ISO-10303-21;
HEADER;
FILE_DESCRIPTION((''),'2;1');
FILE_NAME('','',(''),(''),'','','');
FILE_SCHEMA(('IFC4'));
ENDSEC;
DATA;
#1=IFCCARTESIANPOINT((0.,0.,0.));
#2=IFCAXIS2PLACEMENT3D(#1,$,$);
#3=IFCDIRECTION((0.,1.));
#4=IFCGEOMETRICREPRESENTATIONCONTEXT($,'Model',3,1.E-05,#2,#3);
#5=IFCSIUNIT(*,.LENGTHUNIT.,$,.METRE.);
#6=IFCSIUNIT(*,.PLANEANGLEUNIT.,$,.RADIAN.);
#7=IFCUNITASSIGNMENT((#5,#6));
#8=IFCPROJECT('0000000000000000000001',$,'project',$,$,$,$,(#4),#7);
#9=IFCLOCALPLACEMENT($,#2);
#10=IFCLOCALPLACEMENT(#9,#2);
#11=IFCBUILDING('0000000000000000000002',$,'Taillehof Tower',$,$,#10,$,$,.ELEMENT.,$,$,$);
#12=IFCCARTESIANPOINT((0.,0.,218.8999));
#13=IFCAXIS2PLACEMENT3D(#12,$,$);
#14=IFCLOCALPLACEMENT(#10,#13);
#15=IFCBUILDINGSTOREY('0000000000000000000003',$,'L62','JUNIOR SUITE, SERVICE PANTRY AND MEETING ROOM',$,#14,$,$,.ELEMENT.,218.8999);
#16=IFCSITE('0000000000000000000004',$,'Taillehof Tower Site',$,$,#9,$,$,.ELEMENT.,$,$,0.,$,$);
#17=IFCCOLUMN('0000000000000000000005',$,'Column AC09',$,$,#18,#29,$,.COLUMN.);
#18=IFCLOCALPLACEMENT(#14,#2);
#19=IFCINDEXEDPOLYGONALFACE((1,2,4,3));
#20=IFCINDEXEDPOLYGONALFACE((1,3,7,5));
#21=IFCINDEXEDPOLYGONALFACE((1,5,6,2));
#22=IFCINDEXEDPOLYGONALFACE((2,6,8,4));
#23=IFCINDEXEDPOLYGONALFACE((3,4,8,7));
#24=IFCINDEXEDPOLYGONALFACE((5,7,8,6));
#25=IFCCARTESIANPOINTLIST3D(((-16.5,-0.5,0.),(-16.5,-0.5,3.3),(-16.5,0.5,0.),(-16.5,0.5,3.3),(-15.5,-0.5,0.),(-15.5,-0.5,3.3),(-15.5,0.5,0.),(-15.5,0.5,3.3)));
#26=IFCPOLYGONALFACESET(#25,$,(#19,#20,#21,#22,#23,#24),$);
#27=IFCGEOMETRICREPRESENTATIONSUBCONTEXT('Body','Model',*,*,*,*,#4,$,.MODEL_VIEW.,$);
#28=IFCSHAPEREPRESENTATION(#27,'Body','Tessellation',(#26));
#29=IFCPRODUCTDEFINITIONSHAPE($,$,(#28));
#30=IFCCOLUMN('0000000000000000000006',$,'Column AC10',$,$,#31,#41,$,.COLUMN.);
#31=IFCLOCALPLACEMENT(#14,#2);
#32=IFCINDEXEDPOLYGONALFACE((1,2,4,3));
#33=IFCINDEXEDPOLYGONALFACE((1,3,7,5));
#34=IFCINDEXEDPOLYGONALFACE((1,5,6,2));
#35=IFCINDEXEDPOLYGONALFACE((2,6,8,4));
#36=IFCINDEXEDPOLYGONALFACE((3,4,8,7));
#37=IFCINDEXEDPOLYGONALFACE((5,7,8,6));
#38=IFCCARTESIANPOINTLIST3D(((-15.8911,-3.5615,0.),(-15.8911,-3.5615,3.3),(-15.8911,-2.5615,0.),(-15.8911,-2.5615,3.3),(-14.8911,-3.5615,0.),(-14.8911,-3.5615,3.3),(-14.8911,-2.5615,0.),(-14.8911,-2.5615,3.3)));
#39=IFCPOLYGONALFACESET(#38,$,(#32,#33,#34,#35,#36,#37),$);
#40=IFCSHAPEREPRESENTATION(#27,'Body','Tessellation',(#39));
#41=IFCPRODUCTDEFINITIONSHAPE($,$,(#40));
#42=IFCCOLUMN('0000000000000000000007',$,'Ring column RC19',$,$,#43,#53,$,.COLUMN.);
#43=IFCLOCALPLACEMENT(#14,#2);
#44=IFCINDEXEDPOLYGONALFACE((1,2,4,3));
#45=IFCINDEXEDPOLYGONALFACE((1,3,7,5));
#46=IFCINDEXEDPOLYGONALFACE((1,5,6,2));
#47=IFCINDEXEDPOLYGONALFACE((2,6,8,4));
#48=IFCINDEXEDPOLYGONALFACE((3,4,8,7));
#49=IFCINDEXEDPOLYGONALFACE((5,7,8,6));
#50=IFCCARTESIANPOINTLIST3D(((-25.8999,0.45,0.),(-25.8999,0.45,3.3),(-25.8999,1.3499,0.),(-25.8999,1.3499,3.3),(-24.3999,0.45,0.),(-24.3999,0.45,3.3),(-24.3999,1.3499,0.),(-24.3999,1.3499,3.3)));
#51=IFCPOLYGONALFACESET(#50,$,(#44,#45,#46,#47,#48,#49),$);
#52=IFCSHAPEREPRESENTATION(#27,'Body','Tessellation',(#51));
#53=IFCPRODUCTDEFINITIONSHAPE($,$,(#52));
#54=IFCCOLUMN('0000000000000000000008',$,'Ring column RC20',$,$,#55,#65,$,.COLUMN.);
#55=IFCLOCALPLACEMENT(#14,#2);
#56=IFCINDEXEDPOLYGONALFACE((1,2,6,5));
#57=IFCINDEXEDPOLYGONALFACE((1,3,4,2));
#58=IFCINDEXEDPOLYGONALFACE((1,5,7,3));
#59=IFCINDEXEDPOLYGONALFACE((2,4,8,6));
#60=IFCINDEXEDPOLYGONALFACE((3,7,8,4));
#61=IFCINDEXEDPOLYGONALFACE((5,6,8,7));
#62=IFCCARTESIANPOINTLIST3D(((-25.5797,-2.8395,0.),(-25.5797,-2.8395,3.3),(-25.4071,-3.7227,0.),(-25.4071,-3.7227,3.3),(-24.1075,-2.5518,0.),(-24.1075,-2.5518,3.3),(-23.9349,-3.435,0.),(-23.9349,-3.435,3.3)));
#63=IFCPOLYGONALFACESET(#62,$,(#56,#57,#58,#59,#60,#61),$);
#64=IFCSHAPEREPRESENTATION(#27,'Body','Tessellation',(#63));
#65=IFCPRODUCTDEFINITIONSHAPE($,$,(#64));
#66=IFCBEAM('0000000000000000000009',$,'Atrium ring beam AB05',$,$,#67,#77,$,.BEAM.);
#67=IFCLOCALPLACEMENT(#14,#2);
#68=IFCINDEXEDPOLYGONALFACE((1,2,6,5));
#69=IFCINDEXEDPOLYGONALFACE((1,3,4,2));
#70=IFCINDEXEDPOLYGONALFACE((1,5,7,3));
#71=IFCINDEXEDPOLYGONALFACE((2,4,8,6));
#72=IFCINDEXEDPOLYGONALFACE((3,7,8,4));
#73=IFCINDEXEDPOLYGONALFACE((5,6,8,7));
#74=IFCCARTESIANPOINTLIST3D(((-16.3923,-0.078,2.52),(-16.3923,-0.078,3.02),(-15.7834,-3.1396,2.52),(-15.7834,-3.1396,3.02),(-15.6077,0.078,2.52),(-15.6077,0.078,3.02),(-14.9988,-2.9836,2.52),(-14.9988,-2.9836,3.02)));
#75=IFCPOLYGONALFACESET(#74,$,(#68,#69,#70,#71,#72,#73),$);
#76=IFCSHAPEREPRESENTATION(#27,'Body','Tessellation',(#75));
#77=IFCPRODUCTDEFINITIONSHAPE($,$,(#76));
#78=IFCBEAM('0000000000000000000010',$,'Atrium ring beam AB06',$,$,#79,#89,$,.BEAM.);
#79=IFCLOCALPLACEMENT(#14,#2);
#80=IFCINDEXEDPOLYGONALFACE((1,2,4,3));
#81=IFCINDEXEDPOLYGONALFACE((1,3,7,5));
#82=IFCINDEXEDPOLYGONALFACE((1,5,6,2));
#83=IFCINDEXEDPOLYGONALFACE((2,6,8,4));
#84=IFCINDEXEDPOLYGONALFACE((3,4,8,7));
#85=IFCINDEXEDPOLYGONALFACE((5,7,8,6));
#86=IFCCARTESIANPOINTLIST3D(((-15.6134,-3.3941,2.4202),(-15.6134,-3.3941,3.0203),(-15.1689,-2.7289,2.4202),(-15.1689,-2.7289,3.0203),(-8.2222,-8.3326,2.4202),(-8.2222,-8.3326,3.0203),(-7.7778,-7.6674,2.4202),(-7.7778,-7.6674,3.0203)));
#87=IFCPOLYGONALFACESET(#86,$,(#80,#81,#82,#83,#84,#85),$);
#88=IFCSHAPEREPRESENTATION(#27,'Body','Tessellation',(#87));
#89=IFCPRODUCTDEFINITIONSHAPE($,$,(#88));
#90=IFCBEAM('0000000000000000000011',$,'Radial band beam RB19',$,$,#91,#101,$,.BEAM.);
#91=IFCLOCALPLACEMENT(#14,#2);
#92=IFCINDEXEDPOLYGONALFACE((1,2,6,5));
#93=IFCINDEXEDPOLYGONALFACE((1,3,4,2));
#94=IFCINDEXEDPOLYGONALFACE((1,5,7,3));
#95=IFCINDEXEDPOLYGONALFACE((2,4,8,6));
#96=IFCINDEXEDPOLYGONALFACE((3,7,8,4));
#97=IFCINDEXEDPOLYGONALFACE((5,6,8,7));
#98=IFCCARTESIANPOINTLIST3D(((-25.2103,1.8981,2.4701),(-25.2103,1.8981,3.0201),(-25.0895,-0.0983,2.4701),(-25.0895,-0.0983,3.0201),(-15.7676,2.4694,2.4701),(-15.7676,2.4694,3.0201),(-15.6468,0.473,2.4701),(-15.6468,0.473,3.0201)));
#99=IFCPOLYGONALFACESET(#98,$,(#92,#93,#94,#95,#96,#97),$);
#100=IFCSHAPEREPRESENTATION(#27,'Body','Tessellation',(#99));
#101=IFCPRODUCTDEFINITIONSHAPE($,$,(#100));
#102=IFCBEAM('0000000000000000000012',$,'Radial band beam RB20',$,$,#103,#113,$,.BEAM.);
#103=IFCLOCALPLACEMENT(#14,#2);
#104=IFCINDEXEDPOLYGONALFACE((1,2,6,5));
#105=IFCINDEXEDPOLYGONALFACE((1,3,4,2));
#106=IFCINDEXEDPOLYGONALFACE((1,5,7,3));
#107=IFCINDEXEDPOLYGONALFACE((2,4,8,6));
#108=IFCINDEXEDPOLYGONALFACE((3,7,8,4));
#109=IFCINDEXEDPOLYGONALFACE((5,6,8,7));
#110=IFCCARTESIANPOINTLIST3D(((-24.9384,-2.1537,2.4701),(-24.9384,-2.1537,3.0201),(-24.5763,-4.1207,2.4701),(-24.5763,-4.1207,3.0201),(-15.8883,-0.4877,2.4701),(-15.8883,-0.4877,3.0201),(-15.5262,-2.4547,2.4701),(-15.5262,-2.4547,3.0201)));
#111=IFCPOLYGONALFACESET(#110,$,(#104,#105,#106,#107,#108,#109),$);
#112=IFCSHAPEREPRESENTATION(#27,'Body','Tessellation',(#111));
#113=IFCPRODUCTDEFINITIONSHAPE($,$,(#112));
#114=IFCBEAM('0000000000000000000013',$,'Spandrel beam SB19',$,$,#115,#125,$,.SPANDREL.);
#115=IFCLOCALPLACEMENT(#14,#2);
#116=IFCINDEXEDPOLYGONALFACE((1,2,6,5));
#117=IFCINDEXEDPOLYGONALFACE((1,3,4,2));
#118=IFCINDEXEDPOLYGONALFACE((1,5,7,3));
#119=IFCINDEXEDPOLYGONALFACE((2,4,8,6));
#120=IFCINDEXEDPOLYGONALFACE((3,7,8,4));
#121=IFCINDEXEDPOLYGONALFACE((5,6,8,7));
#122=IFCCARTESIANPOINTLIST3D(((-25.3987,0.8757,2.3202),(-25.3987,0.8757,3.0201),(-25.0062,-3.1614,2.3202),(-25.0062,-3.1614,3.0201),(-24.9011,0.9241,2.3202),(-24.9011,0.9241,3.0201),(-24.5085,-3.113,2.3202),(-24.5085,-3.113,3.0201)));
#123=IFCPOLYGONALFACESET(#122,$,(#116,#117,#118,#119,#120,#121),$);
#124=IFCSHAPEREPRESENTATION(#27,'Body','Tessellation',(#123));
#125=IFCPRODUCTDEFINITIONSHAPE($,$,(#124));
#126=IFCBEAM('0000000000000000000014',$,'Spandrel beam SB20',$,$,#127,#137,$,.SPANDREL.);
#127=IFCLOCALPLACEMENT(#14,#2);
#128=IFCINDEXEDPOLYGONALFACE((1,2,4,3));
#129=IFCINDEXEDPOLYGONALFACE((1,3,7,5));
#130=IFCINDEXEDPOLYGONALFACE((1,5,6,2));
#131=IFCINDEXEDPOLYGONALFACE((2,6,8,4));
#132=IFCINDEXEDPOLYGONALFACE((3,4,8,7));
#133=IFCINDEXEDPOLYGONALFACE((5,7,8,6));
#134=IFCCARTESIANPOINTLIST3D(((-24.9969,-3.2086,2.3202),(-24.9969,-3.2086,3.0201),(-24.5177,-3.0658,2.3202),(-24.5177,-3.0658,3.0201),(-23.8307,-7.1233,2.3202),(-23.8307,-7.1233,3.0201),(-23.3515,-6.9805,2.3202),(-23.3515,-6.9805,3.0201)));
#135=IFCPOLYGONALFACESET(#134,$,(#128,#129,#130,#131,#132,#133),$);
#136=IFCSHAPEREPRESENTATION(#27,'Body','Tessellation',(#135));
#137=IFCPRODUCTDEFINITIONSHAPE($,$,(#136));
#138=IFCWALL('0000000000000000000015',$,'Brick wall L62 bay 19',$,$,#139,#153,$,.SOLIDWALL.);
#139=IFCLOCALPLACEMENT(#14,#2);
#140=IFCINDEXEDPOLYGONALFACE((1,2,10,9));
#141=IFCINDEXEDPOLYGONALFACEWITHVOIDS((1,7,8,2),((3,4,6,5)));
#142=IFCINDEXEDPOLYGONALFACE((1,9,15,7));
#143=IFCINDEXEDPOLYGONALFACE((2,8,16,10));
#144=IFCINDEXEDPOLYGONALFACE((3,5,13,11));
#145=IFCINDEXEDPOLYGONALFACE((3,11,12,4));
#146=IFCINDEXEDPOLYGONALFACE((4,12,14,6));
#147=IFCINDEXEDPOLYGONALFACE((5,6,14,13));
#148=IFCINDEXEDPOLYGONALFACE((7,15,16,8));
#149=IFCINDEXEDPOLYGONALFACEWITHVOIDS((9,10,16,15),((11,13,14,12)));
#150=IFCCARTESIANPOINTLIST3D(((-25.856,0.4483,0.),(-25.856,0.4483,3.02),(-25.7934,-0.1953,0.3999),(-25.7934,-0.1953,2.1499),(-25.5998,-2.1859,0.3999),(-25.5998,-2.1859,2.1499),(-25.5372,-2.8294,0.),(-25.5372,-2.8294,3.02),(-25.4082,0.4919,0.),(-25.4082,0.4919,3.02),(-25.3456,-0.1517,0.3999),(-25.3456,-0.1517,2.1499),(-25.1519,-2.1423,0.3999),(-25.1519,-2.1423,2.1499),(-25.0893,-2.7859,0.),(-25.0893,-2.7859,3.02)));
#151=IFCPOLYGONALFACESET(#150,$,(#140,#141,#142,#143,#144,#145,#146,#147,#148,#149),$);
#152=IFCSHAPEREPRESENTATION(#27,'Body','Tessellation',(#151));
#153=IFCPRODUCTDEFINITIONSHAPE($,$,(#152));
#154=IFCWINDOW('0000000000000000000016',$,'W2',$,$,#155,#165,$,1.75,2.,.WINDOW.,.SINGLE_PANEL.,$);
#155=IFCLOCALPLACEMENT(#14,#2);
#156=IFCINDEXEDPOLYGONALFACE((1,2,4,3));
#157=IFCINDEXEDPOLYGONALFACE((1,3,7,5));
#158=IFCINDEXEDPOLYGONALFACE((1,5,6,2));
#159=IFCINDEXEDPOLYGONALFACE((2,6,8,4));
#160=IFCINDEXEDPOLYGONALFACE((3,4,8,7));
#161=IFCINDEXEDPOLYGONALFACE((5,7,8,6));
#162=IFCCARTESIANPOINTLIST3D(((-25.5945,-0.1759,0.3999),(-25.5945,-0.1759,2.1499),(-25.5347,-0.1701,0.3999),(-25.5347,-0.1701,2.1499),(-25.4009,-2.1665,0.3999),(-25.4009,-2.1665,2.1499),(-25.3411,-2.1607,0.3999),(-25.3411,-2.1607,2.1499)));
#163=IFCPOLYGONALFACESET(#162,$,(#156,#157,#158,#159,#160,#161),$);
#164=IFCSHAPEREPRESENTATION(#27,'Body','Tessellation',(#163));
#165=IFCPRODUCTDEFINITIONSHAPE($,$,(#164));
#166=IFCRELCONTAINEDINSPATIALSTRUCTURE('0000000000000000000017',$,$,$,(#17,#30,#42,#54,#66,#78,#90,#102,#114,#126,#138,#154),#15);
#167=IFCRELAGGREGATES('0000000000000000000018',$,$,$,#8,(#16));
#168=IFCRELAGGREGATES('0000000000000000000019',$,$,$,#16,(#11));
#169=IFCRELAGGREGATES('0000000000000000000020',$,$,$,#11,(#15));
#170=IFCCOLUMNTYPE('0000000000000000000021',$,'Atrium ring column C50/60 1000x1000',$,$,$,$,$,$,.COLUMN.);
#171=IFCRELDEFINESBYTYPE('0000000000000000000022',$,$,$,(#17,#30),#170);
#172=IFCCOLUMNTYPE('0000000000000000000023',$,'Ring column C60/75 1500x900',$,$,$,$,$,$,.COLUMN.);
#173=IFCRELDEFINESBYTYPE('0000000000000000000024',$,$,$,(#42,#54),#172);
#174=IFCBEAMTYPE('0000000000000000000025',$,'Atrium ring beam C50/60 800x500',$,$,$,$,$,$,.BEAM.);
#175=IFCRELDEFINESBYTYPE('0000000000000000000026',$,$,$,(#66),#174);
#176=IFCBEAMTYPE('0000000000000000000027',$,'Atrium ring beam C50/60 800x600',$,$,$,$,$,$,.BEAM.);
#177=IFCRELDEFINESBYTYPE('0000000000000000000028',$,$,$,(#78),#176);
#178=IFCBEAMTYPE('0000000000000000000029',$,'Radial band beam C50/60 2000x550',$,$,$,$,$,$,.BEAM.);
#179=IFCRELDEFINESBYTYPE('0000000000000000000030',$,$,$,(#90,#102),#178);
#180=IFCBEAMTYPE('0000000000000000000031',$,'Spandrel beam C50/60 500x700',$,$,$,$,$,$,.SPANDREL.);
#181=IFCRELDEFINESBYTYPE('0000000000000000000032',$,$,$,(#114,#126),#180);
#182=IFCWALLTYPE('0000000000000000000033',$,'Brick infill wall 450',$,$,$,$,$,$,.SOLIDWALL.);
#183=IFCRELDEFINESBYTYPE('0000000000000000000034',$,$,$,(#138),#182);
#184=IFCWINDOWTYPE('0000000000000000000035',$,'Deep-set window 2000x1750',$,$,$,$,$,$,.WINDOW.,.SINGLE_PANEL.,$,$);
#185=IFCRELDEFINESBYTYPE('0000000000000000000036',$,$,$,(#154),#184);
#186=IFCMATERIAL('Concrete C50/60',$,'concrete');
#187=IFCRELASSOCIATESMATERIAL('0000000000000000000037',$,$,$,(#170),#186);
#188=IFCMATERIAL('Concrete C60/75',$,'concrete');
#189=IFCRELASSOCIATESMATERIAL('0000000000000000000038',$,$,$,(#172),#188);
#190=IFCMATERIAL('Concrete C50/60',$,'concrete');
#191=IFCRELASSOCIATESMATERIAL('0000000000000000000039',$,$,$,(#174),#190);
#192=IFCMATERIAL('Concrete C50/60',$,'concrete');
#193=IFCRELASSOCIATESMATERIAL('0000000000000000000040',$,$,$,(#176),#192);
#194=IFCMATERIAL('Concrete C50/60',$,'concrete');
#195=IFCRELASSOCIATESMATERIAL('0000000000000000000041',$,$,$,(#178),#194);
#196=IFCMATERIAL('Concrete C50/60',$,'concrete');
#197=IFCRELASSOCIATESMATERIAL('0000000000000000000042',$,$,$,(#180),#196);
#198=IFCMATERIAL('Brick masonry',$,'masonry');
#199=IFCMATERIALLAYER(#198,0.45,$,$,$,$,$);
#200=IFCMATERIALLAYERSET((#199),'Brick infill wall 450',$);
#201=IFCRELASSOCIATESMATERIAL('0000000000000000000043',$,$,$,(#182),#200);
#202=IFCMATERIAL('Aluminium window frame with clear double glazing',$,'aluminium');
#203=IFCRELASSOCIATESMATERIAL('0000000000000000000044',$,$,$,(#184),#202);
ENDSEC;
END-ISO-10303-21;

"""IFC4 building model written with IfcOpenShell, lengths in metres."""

from ifc_helpers import new_model, si_unit, direction, frame, frame_2d, origin, origin_2d, place, context, subcontext, project, spatial, rectangle, extrude, material, layer, layer_set, material_profile, profile_set, type_object, element, fill, save


model = new_model("IFC4")

# Units and contexts
model_context = context("Model", 3, precision=1e-05, world=origin(), true_north=direction((0.0, 1.0)))
body_context = subcontext(model_context, "Body", "Model", "MODEL_VIEW")
ifc_project = project(units=[si_unit("LENGTHUNIT", "METRE"), si_unit("PLANEANGLEUNIT", "RADIAN")], contexts=[model_context])

# Site, building, storey
site_placement = place(None, origin())
site = spatial("IfcSite", under=ifc_project, at=site_placement, Name="Taillehof Tower Site", CompositionType="ELEMENT", RefElevation=0.0)
building_placement = place(site_placement, origin())
building = spatial("IfcBuilding", under=site, at=building_placement, Name="Taillehof Tower", CompositionType="ELEMENT")
storey_placement = place(building_placement, frame((0.0, 0.0, 218.8999)))
storey = spatial("IfcBuildingStorey", under=building, at=storey_placement, Name="L62", Description="JUNIOR SUITE, SERVICE PANTRY AND MEETING ROOM", CompositionType="ELEMENT", Elevation=218.8999)

# Columns
ifc_material_1 = material(Name="Concrete C50/60", Category="concrete")
ifc_material_profile_1 = material_profile(ifc_material_1, rectangle(XDim=1.0, YDim=1.0, at=origin_2d()), Name="RC 1000x1000")
ifc_profile_set_1 = profile_set([ifc_material_profile_1], Name="Concrete C50/60")
column_type_1 = type_object("IfcColumnType", Name="Atrium ring column C50/60 1000x1000", PredefinedType="COLUMN", material=ifc_profile_set_1)
for number, where, z_axis, x_axis, name in (
    (1, (-16.0, 0.0, 0.0), (0.0, 0.0, 1.0), (1.0, 0.0, 0.0), "Column AC09"),
    (2, (-15.3911, -3.0615, 0.0), (0.0, 0.0, 1.0), (1.0, 0.0, 0.0), "Column AC10"),
):
    element("IfcColumn", number, at=place(storey_placement, frame(where, z_axis=z_axis, x_axis=x_axis)), inside=storey, type_object=column_type_1, Name=name, PredefinedType="COLUMN", context=body_context, shape_type="SweptSolid", body=[
        extrude(rectangle(XDim=1.0, YDim=1.0, at=origin_2d()), origin(), (0.0, 0.0, 1.0), 3.3),
    ])
ifc_material_2 = material(Name="Concrete C60/75", Category="concrete")
ifc_material_profile_2 = material_profile(ifc_material_2, rectangle(XDim=1.5, YDim=0.8999, at=origin_2d()), Name="RC 1500x900")
ifc_profile_set_2 = profile_set([ifc_material_profile_2], Name="Concrete C60/75")
column_type_2 = type_object("IfcColumnType", Name="Ring column C60/75 1500x900", PredefinedType="COLUMN", material=ifc_profile_set_2)
for number, where, z_axis, x_axis, name in (
    (3, (-25.1499, 0.8999, 0.0), (0.0, 0.0, 1.0), (-1.0, 0.0, 0.0), "Ring column RC19"),
    (4, (-24.7573, -3.1372, 0.0), (0.0, 0.0, 1.0), (-0.981434, -0.191801, 0.0), "Ring column RC20"),
):
    element("IfcColumn", number, at=place(storey_placement, frame(where, z_axis=z_axis, x_axis=x_axis)), inside=storey, type_object=column_type_2, Name=name, PredefinedType="COLUMN", context=body_context, shape_type="SweptSolid", body=[
        extrude(rectangle(XDim=1.5, YDim=0.8999, at=origin_2d()), origin(), (0.0, 0.0, 1.0), 3.3),
    ])

# Beams
ifc_material_3 = material(Name="Concrete C50/60", Category="concrete")
ifc_material_profile_3 = material_profile(ifc_material_3, rectangle(XDim=0.8, YDim=0.5, at=origin_2d()), Name="RC 800x500")
ifc_profile_set_3 = profile_set([ifc_material_profile_3], Name="Concrete C50/60")
beam_type_1 = type_object("IfcBeamType", Name="Atrium ring beam C50/60 800x500", PredefinedType="BEAM", material=ifc_profile_set_3)
beam_1_placement = place(storey_placement, frame((-16.0, 0.0, 2.77), z_axis=(0.195063, -0.980791, 0.0), x_axis=(0.980791, 0.195063, 0.0)))
element("IfcBeam", 5, at=beam_1_placement, inside=storey, type_object=beam_type_1, Name="Atrium ring beam AB05", PredefinedType="BEAM", context=body_context, shape_type="SweptSolid", body=[
    extrude(rectangle(XDim=0.8, YDim=0.5, at=origin_2d()), origin(), (0.0, 0.0, 1.0), 3.1216),
])
ifc_material_4 = material(Name="Concrete C50/60", Category="concrete")
ifc_material_profile_4 = material_profile(ifc_material_4, rectangle(XDim=0.8, YDim=0.6001, at=origin_2d()), Name="RC 800x600")
ifc_profile_set_4 = profile_set([ifc_material_profile_4], Name="Concrete C50/60")
beam_type_2 = type_object("IfcBeamType", Name="Atrium ring beam C50/60 800x600", PredefinedType="BEAM", material=ifc_profile_set_4)
beam_2_placement = place(storey_placement, frame((-15.3911, -3.0615, 2.7202), z_axis=(0.831475, -0.555562, 0.0), x_axis=(0.555562, 0.831475, 0.0)))
element("IfcBeam", 6, at=beam_2_placement, inside=storey, type_object=beam_type_2, Name="Atrium ring beam AB06", PredefinedType="BEAM", context=body_context, shape_type="SweptSolid", body=[
    extrude(rectangle(XDim=0.8, YDim=0.6001, at=origin_2d()), origin(), (0.0, 0.0, 1.0), 8.8892),
])
ifc_material_5 = material(Name="Concrete C50/60", Category="concrete")
ifc_material_profile_5 = material_profile(ifc_material_5, rectangle(XDim=2.0, YDim=0.55, at=origin_2d()), Name="RC 2000x550")
ifc_profile_set_5 = profile_set([ifc_material_profile_5], Name="Concrete C50/60")
beam_type_3 = type_object("IfcBeamType", Name="Radial band beam C50/60 2000x550", PredefinedType="BEAM", material=ifc_profile_set_5)
beam_3_placement = place(storey_placement, frame((-25.1499, 0.8999, 2.7451), z_axis=(0.998175, 0.060391, 0.0), x_axis=(-0.060391, 0.998175, 0.0)))
element("IfcBeam", 7, at=beam_3_placement, inside=storey, type_object=beam_type_3, Name="Radial band beam RB19", PredefinedType="BEAM", context=body_context, shape_type="SweptSolid", body=[
    extrude(rectangle(XDim=2.0, YDim=0.55, at=origin_2d()), origin(), (0.0, 0.0, 1.0), 9.46),
])
beam_4_placement = place(storey_placement, frame((-24.7573, -3.1372, 2.7451), z_axis=(0.983474, 0.181047, 0.0), x_axis=(-0.181047, 0.983474, 0.0)))
element("IfcBeam", 8, at=beam_4_placement, inside=storey, type_object=beam_type_3, Name="Radial band beam RB20", PredefinedType="BEAM", context=body_context, shape_type="SweptSolid", body=[
    extrude(rectangle(XDim=2.0, YDim=0.55, at=origin_2d()), origin(), (0.0, 0.0, 1.0), 9.2021),
])
ifc_material_6 = material(Name="Concrete C50/60", Category="concrete")
ifc_material_profile_6 = material_profile(ifc_material_6, rectangle(XDim=0.5, YDim=0.7, at=origin_2d()), Name="RC 500x700")
ifc_profile_set_6 = profile_set([ifc_material_profile_6], Name="Concrete C50/60")
beam_type_4 = type_object("IfcBeamType", Name="Spandrel beam C50/60 500x700", PredefinedType="SPANDREL", material=ifc_profile_set_6)
beam_5_placement = place(storey_placement, frame((-25.1499, 0.8999, 2.6702), z_axis=(0.096786, -0.995305, 0.0), x_axis=(0.995305, 0.096786, 0.0)))
element("IfcBeam", 9, at=beam_5_placement, inside=storey, type_object=beam_type_4, Name="Spandrel beam SB19", PredefinedType="SPANDREL", context=body_context, shape_type="SweptSolid", body=[
    extrude(rectangle(XDim=0.5, YDim=0.7, at=origin_2d()), origin(), (0.0, 0.0, 1.0), 4.0562),
])
beam_6_placement = place(storey_placement, frame((-24.7573, -3.1372, 2.6702), z_axis=(0.28551, -0.958376, 0.0), x_axis=(0.958376, 0.28551, 0.0)))
element("IfcBeam", 10, at=beam_6_placement, inside=storey, type_object=beam_type_4, Name="Spandrel beam SB20", PredefinedType="SPANDREL", context=body_context, shape_type="SweptSolid", body=[
    extrude(rectangle(XDim=0.5, YDim=0.7, at=origin_2d()), origin(), (0.0, 0.0, 1.0), 4.0847),
])

# Wall, opening, window
ifc_material_7 = material(Name="Brick masonry", Category="masonry")
ifc_layer_1 = layer(ifc_material_7, 0.45)
ifc_layer_set_1 = layer_set([ifc_layer_1], Name="Brick infill wall 450")
wall_type_1 = type_object("IfcWallType", Name="Brick infill wall 450", PredefinedType="SOLIDWALL", material=ifc_layer_set_1)
wall_1_placement = place(storey_placement, frame((-25.6321, 0.47, 0.0), z_axis=(0.0, 0.0, 1.0), x_axis=(0.096817, -0.995302, 0.0)))
wall_1 = element("IfcWall", 11, at=wall_1_placement, inside=storey, type_object=wall_type_1, Name="Brick wall L62 bay 19", PredefinedType="SOLIDWALL", context=body_context, shape_type="SweptSolid", body=[
    extrude(rectangle(XDim=3.2932, YDim=0.45, at=frame_2d((1.6465, 0.0))), origin(), (0.0, 0.0, 1.0), 3.02),
])
opening_1_placement = place(wall_1_placement, frame((0.6465, 0.0, 0.3999)))
opening_1 = element("IfcOpeningElement", 12, at=opening_1_placement, cuts=wall_1, PredefinedType="OPENING", context=body_context, shape_type="SweptSolid", body=[
    extrude(rectangle(XDim=2.0, YDim=1.75, at=frame_2d((1.0, 0.875))), frame((0.0, 0.2349, 0.0), z_axis=(0.0, -1.0, 0.0), x_axis=(1.0, 0.0, 0.0)), (0.0, 0.0, 1.0), 0.47),
])
ifc_material_8 = material(Name="Aluminium window frame with clear double glazing", Category="aluminium")
window_type_1 = type_object("IfcWindowType", Name="Deep-set window 2000x1750", PartitioningType="SINGLE_PANEL", PredefinedType="WINDOW", material=ifc_material_8)
window_1_placement = place(opening_1_placement, origin())
window_1 = element("IfcWindow", 13, at=window_1_placement, inside=storey, type_object=window_type_1, Name="W2", OverallHeight=1.75, OverallWidth=2.0, PartitioningType="SINGLE_PANEL", PredefinedType="WINDOW", context=body_context, shape_type="SweptSolid", body=[
    extrude(rectangle(XDim=2.0, YDim=1.75, at=frame_2d((1.0, 0.875))), frame((0.0, 0.0349, 0.0), z_axis=(0.0, -1.0, 0.0), x_axis=(1.0, 0.0, 0.0)), (0.0, 0.0, 1.0), 0.0601),
])
fill(opening_1, window_1)

save(model, "model.ifc")
